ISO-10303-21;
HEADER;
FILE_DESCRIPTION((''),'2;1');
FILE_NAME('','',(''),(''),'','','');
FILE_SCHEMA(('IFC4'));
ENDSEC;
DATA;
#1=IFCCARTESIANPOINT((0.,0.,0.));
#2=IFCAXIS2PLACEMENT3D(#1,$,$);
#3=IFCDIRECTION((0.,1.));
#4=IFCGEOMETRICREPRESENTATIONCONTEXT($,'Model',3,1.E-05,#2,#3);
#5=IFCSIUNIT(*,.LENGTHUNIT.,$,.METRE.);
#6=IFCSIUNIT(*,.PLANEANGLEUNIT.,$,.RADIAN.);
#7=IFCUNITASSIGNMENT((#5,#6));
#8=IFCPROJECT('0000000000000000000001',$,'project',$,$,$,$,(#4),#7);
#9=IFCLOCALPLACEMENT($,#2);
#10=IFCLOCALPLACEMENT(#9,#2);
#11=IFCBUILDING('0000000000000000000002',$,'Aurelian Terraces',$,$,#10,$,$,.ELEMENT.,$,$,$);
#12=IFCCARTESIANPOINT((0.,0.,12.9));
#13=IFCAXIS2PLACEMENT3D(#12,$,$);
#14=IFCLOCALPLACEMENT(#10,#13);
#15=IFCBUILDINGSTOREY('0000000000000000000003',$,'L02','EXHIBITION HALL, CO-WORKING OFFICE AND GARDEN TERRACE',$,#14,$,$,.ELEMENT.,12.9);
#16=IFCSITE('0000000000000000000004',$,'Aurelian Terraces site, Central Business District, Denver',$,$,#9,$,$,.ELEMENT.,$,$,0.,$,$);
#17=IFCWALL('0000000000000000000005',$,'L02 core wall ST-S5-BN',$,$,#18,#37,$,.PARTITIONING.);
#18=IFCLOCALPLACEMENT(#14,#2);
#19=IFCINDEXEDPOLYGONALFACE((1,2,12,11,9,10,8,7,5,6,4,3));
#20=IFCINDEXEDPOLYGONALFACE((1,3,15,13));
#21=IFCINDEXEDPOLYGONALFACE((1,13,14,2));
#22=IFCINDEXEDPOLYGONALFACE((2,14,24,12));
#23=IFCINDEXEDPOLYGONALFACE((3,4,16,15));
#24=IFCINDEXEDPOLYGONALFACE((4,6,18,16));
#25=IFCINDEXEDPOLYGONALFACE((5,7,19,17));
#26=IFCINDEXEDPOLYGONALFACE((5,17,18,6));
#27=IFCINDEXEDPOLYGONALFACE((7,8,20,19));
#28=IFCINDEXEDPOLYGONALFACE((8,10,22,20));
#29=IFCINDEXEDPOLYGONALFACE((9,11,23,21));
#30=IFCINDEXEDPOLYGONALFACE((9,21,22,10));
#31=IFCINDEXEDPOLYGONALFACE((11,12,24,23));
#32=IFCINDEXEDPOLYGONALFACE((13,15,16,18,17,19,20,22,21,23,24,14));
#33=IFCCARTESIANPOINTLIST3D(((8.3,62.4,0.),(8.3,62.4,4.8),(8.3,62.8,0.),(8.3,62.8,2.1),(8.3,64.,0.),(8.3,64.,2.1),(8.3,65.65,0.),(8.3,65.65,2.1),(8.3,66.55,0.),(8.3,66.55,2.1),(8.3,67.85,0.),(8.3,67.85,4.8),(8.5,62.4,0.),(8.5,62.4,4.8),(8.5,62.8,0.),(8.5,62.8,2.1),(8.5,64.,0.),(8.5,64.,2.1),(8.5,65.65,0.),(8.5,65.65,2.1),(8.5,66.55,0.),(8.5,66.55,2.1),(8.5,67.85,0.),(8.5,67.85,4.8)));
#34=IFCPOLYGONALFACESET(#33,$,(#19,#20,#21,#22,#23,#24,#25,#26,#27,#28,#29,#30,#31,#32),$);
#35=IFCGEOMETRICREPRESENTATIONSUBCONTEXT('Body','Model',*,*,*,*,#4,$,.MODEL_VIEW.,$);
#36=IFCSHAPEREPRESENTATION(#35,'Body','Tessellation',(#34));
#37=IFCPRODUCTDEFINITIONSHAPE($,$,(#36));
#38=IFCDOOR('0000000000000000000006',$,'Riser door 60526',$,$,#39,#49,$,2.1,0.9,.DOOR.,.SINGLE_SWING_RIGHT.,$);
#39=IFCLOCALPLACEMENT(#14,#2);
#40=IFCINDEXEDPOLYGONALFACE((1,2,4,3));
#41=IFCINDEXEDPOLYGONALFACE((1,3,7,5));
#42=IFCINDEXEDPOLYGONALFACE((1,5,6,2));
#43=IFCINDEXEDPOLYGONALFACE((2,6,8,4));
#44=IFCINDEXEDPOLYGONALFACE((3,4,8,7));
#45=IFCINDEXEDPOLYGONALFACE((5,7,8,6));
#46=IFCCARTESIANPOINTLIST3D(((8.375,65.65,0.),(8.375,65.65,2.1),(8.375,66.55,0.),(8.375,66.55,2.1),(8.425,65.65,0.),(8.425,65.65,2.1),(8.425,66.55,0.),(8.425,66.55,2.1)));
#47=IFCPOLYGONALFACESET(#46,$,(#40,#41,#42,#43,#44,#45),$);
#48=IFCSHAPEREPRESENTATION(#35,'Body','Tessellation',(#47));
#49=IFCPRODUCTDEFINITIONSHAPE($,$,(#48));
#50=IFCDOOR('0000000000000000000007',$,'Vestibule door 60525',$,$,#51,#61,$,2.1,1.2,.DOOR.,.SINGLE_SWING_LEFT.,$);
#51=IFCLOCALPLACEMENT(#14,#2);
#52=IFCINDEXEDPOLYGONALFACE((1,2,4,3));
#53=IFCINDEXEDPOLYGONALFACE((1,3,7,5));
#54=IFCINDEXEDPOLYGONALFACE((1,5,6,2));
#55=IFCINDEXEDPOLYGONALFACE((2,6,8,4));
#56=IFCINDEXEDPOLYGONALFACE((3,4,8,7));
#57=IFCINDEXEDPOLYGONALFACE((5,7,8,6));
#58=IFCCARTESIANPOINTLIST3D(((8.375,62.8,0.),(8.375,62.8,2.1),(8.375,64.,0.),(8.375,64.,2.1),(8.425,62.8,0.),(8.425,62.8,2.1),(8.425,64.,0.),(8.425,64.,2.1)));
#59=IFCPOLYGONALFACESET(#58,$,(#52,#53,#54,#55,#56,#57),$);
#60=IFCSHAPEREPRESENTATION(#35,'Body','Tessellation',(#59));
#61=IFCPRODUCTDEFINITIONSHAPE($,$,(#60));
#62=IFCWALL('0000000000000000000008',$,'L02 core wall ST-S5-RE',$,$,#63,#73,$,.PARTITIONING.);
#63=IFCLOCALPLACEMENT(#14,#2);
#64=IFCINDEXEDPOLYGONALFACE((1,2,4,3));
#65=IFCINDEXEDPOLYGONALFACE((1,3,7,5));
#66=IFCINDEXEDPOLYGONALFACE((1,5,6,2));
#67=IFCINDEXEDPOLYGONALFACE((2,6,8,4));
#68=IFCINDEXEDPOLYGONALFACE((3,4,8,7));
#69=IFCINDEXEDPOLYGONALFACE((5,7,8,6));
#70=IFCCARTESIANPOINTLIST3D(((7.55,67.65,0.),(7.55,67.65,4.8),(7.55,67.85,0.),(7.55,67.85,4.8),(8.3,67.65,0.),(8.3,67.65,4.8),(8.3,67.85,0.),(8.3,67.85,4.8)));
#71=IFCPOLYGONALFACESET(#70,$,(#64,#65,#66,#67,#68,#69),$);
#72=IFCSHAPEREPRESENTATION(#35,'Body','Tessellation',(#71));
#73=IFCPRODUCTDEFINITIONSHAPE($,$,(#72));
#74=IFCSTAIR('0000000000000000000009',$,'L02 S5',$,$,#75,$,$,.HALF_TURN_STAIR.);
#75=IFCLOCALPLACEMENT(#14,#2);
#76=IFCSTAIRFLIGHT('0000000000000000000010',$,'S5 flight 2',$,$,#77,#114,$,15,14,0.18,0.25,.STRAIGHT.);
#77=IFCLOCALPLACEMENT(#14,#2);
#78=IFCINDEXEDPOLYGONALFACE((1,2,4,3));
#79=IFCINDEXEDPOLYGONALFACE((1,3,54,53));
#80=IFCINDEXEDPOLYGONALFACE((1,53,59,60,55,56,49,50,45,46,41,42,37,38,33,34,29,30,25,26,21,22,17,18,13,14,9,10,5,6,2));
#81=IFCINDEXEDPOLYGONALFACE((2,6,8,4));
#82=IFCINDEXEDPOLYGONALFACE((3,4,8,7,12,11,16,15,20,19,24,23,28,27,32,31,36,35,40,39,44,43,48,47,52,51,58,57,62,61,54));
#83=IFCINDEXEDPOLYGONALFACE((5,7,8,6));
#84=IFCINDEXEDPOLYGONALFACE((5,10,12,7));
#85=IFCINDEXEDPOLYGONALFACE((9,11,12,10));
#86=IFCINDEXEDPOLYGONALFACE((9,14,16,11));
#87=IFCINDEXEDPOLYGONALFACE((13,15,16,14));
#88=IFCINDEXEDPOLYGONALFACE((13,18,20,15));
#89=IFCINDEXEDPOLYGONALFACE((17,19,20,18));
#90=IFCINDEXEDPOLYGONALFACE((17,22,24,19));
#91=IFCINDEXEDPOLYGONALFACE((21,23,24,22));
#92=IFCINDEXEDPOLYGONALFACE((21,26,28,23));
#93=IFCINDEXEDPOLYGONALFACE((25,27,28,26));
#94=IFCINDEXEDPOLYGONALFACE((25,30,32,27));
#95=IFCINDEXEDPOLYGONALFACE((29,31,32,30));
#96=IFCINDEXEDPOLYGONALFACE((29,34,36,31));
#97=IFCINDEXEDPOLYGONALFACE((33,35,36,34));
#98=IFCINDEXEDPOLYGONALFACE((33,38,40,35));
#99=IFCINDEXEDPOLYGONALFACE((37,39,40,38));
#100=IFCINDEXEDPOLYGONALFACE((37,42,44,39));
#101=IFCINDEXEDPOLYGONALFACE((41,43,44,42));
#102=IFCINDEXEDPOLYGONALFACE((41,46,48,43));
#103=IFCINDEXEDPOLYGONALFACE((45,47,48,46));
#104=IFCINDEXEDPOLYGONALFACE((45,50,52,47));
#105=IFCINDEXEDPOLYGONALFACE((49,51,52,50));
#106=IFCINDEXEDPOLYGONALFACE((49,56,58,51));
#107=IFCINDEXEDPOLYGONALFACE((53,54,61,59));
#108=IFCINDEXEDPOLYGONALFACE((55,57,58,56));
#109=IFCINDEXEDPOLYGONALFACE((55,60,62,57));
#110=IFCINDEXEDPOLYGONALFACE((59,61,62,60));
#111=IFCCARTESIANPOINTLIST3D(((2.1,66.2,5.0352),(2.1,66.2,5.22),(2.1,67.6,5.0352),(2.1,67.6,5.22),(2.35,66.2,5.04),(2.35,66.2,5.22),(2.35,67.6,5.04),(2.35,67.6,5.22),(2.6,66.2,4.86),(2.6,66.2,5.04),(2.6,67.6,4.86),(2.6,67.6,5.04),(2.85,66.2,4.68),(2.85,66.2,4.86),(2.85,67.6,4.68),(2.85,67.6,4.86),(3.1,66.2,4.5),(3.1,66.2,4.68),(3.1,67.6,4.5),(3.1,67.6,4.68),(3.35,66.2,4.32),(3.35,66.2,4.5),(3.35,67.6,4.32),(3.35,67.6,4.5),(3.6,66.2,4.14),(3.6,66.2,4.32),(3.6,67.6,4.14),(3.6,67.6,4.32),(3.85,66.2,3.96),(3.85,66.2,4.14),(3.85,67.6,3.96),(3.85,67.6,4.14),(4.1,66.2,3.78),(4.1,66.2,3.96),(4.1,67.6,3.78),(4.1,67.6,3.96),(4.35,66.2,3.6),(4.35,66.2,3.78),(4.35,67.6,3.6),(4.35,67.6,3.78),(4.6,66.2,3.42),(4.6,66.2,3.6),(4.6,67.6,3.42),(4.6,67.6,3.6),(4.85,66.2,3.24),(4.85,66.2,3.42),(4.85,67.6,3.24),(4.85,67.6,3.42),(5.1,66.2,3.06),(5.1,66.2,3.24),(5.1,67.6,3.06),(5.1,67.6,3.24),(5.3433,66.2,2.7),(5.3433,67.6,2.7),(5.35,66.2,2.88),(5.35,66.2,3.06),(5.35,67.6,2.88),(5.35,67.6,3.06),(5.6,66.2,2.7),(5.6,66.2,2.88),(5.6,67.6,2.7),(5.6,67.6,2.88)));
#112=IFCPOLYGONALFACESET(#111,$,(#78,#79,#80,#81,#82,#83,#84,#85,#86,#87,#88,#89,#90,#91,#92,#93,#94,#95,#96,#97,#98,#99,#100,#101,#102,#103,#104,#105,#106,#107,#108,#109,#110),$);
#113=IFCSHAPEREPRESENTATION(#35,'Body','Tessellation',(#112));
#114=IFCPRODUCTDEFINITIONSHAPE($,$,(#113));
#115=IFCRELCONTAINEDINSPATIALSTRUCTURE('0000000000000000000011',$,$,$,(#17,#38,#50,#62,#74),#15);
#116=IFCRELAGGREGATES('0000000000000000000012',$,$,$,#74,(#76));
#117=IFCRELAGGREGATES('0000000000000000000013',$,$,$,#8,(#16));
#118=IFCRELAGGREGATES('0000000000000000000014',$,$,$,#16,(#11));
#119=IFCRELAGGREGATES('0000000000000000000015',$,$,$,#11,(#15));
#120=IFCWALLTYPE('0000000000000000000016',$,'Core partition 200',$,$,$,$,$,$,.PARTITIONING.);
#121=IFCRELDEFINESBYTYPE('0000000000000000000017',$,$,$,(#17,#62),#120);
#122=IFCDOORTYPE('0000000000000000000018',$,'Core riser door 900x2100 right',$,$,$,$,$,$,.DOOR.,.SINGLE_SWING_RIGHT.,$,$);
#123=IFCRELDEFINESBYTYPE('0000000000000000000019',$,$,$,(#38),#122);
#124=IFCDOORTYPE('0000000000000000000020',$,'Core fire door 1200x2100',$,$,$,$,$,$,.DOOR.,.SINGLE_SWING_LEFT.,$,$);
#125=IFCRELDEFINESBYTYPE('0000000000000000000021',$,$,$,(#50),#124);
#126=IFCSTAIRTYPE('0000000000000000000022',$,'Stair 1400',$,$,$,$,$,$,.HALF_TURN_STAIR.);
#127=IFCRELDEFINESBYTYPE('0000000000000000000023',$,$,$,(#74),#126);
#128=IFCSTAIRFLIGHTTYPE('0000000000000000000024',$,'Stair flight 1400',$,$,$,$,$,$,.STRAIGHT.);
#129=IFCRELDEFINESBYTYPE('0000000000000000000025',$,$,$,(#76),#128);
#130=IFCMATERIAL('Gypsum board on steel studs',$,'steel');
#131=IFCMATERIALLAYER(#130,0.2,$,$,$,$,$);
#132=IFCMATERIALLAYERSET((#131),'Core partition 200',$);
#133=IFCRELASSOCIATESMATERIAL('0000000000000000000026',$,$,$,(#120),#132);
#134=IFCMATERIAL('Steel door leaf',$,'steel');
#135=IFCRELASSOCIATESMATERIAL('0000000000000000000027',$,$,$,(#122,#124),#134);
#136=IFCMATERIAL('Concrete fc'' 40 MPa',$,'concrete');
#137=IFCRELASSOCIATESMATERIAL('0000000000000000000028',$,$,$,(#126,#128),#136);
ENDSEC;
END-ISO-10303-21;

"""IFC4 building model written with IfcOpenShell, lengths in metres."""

from ifc_helpers import new_model, si_unit, direction, frame, frame_2d, origin, place, context, subcontext, project, spatial, polyline, rectangle, outline, extrude, source, transform, mapped, material, layer, layer_set, type_object, element, fill, aggregate, save


model = new_model("IFC4")

# Units and contexts
model_context = context("Model", 3, precision=1e-05, world=origin(), true_north=direction((0.0, 1.0)))
body_context = subcontext(model_context, "Body", "Model", "MODEL_VIEW")
ifc_project = project(units=[si_unit("LENGTHUNIT", "METRE"), si_unit("PLANEANGLEUNIT", "RADIAN")], contexts=[model_context])

# Site, building, storey
site_placement = place(None, origin())
site = spatial("IfcSite", under=ifc_project, at=site_placement, Name="Aurelian Terraces site, Central Business District, Denver", CompositionType="ELEMENT", RefElevation=0.0)
building_placement = place(site_placement, origin())
building = spatial("IfcBuilding", under=site, at=building_placement, Name="Aurelian Terraces", CompositionType="ELEMENT")
storey_placement = place(building_placement, frame((0.0, 0.0, 12.9)))
storey = spatial("IfcBuildingStorey", under=building, at=storey_placement, Name="L02", Description="EXHIBITION HALL, CO-WORKING OFFICE AND GARDEN TERRACE", CompositionType="ELEMENT", Elevation=12.9)

# Shared definitions
ifc_material_1 = material(Name="Gypsum board on steel studs", Category="steel")
ifc_material_2 = material(Name="Concrete fc' 40 MPa", Category="concrete")

# Wall, openings, doors
ifc_layer_1 = layer(ifc_material_1, 0.2)
ifc_layer_set_1 = layer_set([ifc_layer_1], Name="Core partition 200")
wall_type_1 = type_object("IfcWallType", Name="Core partition 200", PredefinedType="PARTITIONING", material=ifc_layer_set_1)
shared_shape_1 = source(origin(), body_context, "Body", "SweptSolid", [
    extrude(rectangle(XDim=5.45, YDim=0.2, at=frame_2d((2.725, 0.0))), origin(), (0.0, 0.0, 1.0), 4.8),
])
wall_1_placement = place(storey_placement, frame((8.4, 62.4, 0.0), z_axis=(0.0, 0.0, 1.0), x_axis=(0.0, 1.0, 0.0)))
wall_1 = element("IfcWall", 1, at=wall_1_placement, inside=storey, type_object=wall_type_1, Name="L02 core wall ST-S5-BN", PredefinedType="PARTITIONING", context=body_context, shape_type="MappedRepresentation", body=[
    mapped(shared_shape_1, transform((0.0, 0.0, 0.0), scale=1.0)),
])
shared_shape_2 = source(origin(), body_context, "Body", "SweptSolid", [
    extrude(rectangle(XDim=1.2, YDim=2.1, at=frame_2d((0.6, 1.05))), frame((0.0, 0.11, 0.0), z_axis=(0.0, -1.0, 0.0), x_axis=(1.0, 0.0, 0.0)), (0.0, 0.0, 1.0), 0.22),
])
opening_1_placement = place(wall_1_placement, frame((0.4, 0.0, 0.0)))
opening_1 = element("IfcOpeningElement", 2, at=opening_1_placement, cuts=wall_1, PredefinedType="OPENING", context=body_context, shape_type="MappedRepresentation", body=[
    mapped(shared_shape_2, transform((0.0, 0.0, 0.0), scale=1.0)),
])
shared_shape_3 = source(origin(), body_context, "Body", "SweptSolid", [
    extrude(rectangle(XDim=0.9, YDim=2.1, at=frame_2d((0.45, 1.05))), frame((0.0, 0.11, 0.0), z_axis=(0.0, -1.0, 0.0), x_axis=(1.0, 0.0, 0.0)), (0.0, 0.0, 1.0), 0.22),
])
opening_2_placement = place(wall_1_placement, frame((3.25, 0.0, 0.0)))
opening_2 = element("IfcOpeningElement", 3, at=opening_2_placement, cuts=wall_1, PredefinedType="OPENING", context=body_context, shape_type="MappedRepresentation", body=[
    mapped(shared_shape_3, transform((0.0, 0.0, 0.0), scale=1.0)),
])
ifc_material_3 = material(Name="Steel door leaf", Category="steel")
door_type_1 = type_object("IfcDoorType", Name="Core riser door 900x2100 right", OperationType="SINGLE_SWING_RIGHT", PredefinedType="DOOR", material=ifc_material_3)
shared_shape_4 = source(origin(), body_context, "Body", "SweptSolid", [
    extrude(rectangle(XDim=0.9, YDim=2.1, at=frame_2d((0.45, 1.05))), frame((0.0, 0.025, 0.0), z_axis=(0.0, -1.0, 0.0), x_axis=(1.0, 0.0, 0.0)), (0.0, 0.0, 1.0), 0.05),
])
door_1_placement = place(opening_2_placement, origin())
door_1 = element("IfcDoor", 4, at=door_1_placement, inside=storey, type_object=door_type_1, Name="Riser door 60526", OperationType="SINGLE_SWING_RIGHT", OverallHeight=2.1, OverallWidth=0.9, PredefinedType="DOOR", context=body_context, shape_type="MappedRepresentation", body=[
    mapped(shared_shape_4, transform((0.0, 0.0, 0.0), scale=1.0)),
])
fill(opening_2, door_1)
door_type_2 = type_object("IfcDoorType", Name="Core fire door 1200x2100", OperationType="SINGLE_SWING_LEFT", PredefinedType="DOOR", material=ifc_material_3)
shared_shape_5 = source(origin(), body_context, "Body", "SweptSolid", [
    extrude(rectangle(XDim=1.2, YDim=2.1, at=frame_2d((0.6, 1.05))), frame((0.0, 0.025, 0.0), z_axis=(0.0, -1.0, 0.0), x_axis=(1.0, 0.0, 0.0)), (0.0, 0.0, 1.0), 0.05),
])
door_2_placement = place(opening_1_placement, origin())
door_2 = element("IfcDoor", 5, at=door_2_placement, inside=storey, type_object=door_type_2, Name="Vestibule door 60525", OperationType="SINGLE_SWING_LEFT", OverallHeight=2.1, OverallWidth=1.2, PredefinedType="DOOR", context=body_context, shape_type="MappedRepresentation", body=[
    mapped(shared_shape_5, transform((0.0, 0.0, 0.0), scale=1.0)),
])
fill(opening_1, door_2)

# Wall
shared_shape_6 = source(origin(), body_context, "Body", "SweptSolid", [
    extrude(rectangle(XDim=0.75, YDim=0.2, at=frame_2d((0.375, 0.0))), origin(), (0.0, 0.0, 1.0), 4.8),
])
wall_2_placement = place(storey_placement, frame((7.55, 67.75, 0.0), z_axis=(0.0, 0.0, 1.0), x_axis=(1.0, 0.0, 0.0)))
element("IfcWall", 6, at=wall_2_placement, inside=storey, type_object=wall_type_1, Name="L02 core wall ST-S5-RE", PredefinedType="PARTITIONING", context=body_context, shape_type="MappedRepresentation", body=[
    mapped(shared_shape_6, transform((0.0, 0.0, 0.0), scale=1.0)),
])

# Stair, stair flight
stair_type = type_object("IfcStairType", Name="Stair 1400", PredefinedType="HALF_TURN_STAIR", material=ifc_material_2)
stair_placement = place(storey_placement, origin())
stair = element("IfcStair", 7, at=stair_placement, inside=storey, type_object=stair_type, Name="L02 S5", PredefinedType="HALF_TURN_STAIR")
stair_flight_type = type_object("IfcStairFlightType", Name="Stair flight 1400", PredefinedType="STRAIGHT", material=ifc_material_2)
shared_shape_7 = source(origin(), body_context, "Body", "SweptSolid", [
    extrude(outline(polyline([(0.0, 0.0), (0.0, 0.18), (0.25, 0.18), (0.25, 0.36), (0.5, 0.36), (0.5, 0.54), (0.75, 0.54), (0.75, 0.72), (1.0, 0.72), (1.0, 0.9), (1.25, 0.9), (1.25, 1.08), (1.5, 1.08), (1.5, 1.26), (1.75, 1.26), (1.75, 1.44), (2.0, 1.44), (2.0, 1.62), (2.25, 1.62), (2.25, 1.8), (2.5, 1.8), (2.5, 1.98), (2.75, 1.98), (2.75, 2.16), (3.0, 2.16), (3.0, 2.34), (3.25, 2.34), (3.25, 2.52), (3.5, 2.52), (3.5, 2.7), (3.5, 2.3352), (0.2567, 0.0), (0.0, 0.0)])), frame((0.0, 0.7, 0.0), z_axis=(0.0, -1.0, 0.0), x_axis=(1.0, 0.0, 0.0)), (0.0, 0.0, 1.0), 1.4),
])
stair_flight_placement = place(storey_placement, frame((5.6, 66.9, 2.7), z_axis=(0.0, 0.0, 1.0), x_axis=(-1.0, 0.0, 0.0)))
stair_flight = element("IfcStairFlight", 8, at=stair_flight_placement, type_object=stair_flight_type, Name="S5 flight 2", NumberOfRisers=15, NumberOfTreads=14, PredefinedType="STRAIGHT", RiserHeight=0.18, TreadLength=0.25, context=body_context, shape_type="MappedRepresentation", body=[
    mapped(shared_shape_7, transform((0.0, 0.0, 0.0), scale=1.0)),
])
aggregate(stair, [stair_flight])

save(model, "model.ifc")
